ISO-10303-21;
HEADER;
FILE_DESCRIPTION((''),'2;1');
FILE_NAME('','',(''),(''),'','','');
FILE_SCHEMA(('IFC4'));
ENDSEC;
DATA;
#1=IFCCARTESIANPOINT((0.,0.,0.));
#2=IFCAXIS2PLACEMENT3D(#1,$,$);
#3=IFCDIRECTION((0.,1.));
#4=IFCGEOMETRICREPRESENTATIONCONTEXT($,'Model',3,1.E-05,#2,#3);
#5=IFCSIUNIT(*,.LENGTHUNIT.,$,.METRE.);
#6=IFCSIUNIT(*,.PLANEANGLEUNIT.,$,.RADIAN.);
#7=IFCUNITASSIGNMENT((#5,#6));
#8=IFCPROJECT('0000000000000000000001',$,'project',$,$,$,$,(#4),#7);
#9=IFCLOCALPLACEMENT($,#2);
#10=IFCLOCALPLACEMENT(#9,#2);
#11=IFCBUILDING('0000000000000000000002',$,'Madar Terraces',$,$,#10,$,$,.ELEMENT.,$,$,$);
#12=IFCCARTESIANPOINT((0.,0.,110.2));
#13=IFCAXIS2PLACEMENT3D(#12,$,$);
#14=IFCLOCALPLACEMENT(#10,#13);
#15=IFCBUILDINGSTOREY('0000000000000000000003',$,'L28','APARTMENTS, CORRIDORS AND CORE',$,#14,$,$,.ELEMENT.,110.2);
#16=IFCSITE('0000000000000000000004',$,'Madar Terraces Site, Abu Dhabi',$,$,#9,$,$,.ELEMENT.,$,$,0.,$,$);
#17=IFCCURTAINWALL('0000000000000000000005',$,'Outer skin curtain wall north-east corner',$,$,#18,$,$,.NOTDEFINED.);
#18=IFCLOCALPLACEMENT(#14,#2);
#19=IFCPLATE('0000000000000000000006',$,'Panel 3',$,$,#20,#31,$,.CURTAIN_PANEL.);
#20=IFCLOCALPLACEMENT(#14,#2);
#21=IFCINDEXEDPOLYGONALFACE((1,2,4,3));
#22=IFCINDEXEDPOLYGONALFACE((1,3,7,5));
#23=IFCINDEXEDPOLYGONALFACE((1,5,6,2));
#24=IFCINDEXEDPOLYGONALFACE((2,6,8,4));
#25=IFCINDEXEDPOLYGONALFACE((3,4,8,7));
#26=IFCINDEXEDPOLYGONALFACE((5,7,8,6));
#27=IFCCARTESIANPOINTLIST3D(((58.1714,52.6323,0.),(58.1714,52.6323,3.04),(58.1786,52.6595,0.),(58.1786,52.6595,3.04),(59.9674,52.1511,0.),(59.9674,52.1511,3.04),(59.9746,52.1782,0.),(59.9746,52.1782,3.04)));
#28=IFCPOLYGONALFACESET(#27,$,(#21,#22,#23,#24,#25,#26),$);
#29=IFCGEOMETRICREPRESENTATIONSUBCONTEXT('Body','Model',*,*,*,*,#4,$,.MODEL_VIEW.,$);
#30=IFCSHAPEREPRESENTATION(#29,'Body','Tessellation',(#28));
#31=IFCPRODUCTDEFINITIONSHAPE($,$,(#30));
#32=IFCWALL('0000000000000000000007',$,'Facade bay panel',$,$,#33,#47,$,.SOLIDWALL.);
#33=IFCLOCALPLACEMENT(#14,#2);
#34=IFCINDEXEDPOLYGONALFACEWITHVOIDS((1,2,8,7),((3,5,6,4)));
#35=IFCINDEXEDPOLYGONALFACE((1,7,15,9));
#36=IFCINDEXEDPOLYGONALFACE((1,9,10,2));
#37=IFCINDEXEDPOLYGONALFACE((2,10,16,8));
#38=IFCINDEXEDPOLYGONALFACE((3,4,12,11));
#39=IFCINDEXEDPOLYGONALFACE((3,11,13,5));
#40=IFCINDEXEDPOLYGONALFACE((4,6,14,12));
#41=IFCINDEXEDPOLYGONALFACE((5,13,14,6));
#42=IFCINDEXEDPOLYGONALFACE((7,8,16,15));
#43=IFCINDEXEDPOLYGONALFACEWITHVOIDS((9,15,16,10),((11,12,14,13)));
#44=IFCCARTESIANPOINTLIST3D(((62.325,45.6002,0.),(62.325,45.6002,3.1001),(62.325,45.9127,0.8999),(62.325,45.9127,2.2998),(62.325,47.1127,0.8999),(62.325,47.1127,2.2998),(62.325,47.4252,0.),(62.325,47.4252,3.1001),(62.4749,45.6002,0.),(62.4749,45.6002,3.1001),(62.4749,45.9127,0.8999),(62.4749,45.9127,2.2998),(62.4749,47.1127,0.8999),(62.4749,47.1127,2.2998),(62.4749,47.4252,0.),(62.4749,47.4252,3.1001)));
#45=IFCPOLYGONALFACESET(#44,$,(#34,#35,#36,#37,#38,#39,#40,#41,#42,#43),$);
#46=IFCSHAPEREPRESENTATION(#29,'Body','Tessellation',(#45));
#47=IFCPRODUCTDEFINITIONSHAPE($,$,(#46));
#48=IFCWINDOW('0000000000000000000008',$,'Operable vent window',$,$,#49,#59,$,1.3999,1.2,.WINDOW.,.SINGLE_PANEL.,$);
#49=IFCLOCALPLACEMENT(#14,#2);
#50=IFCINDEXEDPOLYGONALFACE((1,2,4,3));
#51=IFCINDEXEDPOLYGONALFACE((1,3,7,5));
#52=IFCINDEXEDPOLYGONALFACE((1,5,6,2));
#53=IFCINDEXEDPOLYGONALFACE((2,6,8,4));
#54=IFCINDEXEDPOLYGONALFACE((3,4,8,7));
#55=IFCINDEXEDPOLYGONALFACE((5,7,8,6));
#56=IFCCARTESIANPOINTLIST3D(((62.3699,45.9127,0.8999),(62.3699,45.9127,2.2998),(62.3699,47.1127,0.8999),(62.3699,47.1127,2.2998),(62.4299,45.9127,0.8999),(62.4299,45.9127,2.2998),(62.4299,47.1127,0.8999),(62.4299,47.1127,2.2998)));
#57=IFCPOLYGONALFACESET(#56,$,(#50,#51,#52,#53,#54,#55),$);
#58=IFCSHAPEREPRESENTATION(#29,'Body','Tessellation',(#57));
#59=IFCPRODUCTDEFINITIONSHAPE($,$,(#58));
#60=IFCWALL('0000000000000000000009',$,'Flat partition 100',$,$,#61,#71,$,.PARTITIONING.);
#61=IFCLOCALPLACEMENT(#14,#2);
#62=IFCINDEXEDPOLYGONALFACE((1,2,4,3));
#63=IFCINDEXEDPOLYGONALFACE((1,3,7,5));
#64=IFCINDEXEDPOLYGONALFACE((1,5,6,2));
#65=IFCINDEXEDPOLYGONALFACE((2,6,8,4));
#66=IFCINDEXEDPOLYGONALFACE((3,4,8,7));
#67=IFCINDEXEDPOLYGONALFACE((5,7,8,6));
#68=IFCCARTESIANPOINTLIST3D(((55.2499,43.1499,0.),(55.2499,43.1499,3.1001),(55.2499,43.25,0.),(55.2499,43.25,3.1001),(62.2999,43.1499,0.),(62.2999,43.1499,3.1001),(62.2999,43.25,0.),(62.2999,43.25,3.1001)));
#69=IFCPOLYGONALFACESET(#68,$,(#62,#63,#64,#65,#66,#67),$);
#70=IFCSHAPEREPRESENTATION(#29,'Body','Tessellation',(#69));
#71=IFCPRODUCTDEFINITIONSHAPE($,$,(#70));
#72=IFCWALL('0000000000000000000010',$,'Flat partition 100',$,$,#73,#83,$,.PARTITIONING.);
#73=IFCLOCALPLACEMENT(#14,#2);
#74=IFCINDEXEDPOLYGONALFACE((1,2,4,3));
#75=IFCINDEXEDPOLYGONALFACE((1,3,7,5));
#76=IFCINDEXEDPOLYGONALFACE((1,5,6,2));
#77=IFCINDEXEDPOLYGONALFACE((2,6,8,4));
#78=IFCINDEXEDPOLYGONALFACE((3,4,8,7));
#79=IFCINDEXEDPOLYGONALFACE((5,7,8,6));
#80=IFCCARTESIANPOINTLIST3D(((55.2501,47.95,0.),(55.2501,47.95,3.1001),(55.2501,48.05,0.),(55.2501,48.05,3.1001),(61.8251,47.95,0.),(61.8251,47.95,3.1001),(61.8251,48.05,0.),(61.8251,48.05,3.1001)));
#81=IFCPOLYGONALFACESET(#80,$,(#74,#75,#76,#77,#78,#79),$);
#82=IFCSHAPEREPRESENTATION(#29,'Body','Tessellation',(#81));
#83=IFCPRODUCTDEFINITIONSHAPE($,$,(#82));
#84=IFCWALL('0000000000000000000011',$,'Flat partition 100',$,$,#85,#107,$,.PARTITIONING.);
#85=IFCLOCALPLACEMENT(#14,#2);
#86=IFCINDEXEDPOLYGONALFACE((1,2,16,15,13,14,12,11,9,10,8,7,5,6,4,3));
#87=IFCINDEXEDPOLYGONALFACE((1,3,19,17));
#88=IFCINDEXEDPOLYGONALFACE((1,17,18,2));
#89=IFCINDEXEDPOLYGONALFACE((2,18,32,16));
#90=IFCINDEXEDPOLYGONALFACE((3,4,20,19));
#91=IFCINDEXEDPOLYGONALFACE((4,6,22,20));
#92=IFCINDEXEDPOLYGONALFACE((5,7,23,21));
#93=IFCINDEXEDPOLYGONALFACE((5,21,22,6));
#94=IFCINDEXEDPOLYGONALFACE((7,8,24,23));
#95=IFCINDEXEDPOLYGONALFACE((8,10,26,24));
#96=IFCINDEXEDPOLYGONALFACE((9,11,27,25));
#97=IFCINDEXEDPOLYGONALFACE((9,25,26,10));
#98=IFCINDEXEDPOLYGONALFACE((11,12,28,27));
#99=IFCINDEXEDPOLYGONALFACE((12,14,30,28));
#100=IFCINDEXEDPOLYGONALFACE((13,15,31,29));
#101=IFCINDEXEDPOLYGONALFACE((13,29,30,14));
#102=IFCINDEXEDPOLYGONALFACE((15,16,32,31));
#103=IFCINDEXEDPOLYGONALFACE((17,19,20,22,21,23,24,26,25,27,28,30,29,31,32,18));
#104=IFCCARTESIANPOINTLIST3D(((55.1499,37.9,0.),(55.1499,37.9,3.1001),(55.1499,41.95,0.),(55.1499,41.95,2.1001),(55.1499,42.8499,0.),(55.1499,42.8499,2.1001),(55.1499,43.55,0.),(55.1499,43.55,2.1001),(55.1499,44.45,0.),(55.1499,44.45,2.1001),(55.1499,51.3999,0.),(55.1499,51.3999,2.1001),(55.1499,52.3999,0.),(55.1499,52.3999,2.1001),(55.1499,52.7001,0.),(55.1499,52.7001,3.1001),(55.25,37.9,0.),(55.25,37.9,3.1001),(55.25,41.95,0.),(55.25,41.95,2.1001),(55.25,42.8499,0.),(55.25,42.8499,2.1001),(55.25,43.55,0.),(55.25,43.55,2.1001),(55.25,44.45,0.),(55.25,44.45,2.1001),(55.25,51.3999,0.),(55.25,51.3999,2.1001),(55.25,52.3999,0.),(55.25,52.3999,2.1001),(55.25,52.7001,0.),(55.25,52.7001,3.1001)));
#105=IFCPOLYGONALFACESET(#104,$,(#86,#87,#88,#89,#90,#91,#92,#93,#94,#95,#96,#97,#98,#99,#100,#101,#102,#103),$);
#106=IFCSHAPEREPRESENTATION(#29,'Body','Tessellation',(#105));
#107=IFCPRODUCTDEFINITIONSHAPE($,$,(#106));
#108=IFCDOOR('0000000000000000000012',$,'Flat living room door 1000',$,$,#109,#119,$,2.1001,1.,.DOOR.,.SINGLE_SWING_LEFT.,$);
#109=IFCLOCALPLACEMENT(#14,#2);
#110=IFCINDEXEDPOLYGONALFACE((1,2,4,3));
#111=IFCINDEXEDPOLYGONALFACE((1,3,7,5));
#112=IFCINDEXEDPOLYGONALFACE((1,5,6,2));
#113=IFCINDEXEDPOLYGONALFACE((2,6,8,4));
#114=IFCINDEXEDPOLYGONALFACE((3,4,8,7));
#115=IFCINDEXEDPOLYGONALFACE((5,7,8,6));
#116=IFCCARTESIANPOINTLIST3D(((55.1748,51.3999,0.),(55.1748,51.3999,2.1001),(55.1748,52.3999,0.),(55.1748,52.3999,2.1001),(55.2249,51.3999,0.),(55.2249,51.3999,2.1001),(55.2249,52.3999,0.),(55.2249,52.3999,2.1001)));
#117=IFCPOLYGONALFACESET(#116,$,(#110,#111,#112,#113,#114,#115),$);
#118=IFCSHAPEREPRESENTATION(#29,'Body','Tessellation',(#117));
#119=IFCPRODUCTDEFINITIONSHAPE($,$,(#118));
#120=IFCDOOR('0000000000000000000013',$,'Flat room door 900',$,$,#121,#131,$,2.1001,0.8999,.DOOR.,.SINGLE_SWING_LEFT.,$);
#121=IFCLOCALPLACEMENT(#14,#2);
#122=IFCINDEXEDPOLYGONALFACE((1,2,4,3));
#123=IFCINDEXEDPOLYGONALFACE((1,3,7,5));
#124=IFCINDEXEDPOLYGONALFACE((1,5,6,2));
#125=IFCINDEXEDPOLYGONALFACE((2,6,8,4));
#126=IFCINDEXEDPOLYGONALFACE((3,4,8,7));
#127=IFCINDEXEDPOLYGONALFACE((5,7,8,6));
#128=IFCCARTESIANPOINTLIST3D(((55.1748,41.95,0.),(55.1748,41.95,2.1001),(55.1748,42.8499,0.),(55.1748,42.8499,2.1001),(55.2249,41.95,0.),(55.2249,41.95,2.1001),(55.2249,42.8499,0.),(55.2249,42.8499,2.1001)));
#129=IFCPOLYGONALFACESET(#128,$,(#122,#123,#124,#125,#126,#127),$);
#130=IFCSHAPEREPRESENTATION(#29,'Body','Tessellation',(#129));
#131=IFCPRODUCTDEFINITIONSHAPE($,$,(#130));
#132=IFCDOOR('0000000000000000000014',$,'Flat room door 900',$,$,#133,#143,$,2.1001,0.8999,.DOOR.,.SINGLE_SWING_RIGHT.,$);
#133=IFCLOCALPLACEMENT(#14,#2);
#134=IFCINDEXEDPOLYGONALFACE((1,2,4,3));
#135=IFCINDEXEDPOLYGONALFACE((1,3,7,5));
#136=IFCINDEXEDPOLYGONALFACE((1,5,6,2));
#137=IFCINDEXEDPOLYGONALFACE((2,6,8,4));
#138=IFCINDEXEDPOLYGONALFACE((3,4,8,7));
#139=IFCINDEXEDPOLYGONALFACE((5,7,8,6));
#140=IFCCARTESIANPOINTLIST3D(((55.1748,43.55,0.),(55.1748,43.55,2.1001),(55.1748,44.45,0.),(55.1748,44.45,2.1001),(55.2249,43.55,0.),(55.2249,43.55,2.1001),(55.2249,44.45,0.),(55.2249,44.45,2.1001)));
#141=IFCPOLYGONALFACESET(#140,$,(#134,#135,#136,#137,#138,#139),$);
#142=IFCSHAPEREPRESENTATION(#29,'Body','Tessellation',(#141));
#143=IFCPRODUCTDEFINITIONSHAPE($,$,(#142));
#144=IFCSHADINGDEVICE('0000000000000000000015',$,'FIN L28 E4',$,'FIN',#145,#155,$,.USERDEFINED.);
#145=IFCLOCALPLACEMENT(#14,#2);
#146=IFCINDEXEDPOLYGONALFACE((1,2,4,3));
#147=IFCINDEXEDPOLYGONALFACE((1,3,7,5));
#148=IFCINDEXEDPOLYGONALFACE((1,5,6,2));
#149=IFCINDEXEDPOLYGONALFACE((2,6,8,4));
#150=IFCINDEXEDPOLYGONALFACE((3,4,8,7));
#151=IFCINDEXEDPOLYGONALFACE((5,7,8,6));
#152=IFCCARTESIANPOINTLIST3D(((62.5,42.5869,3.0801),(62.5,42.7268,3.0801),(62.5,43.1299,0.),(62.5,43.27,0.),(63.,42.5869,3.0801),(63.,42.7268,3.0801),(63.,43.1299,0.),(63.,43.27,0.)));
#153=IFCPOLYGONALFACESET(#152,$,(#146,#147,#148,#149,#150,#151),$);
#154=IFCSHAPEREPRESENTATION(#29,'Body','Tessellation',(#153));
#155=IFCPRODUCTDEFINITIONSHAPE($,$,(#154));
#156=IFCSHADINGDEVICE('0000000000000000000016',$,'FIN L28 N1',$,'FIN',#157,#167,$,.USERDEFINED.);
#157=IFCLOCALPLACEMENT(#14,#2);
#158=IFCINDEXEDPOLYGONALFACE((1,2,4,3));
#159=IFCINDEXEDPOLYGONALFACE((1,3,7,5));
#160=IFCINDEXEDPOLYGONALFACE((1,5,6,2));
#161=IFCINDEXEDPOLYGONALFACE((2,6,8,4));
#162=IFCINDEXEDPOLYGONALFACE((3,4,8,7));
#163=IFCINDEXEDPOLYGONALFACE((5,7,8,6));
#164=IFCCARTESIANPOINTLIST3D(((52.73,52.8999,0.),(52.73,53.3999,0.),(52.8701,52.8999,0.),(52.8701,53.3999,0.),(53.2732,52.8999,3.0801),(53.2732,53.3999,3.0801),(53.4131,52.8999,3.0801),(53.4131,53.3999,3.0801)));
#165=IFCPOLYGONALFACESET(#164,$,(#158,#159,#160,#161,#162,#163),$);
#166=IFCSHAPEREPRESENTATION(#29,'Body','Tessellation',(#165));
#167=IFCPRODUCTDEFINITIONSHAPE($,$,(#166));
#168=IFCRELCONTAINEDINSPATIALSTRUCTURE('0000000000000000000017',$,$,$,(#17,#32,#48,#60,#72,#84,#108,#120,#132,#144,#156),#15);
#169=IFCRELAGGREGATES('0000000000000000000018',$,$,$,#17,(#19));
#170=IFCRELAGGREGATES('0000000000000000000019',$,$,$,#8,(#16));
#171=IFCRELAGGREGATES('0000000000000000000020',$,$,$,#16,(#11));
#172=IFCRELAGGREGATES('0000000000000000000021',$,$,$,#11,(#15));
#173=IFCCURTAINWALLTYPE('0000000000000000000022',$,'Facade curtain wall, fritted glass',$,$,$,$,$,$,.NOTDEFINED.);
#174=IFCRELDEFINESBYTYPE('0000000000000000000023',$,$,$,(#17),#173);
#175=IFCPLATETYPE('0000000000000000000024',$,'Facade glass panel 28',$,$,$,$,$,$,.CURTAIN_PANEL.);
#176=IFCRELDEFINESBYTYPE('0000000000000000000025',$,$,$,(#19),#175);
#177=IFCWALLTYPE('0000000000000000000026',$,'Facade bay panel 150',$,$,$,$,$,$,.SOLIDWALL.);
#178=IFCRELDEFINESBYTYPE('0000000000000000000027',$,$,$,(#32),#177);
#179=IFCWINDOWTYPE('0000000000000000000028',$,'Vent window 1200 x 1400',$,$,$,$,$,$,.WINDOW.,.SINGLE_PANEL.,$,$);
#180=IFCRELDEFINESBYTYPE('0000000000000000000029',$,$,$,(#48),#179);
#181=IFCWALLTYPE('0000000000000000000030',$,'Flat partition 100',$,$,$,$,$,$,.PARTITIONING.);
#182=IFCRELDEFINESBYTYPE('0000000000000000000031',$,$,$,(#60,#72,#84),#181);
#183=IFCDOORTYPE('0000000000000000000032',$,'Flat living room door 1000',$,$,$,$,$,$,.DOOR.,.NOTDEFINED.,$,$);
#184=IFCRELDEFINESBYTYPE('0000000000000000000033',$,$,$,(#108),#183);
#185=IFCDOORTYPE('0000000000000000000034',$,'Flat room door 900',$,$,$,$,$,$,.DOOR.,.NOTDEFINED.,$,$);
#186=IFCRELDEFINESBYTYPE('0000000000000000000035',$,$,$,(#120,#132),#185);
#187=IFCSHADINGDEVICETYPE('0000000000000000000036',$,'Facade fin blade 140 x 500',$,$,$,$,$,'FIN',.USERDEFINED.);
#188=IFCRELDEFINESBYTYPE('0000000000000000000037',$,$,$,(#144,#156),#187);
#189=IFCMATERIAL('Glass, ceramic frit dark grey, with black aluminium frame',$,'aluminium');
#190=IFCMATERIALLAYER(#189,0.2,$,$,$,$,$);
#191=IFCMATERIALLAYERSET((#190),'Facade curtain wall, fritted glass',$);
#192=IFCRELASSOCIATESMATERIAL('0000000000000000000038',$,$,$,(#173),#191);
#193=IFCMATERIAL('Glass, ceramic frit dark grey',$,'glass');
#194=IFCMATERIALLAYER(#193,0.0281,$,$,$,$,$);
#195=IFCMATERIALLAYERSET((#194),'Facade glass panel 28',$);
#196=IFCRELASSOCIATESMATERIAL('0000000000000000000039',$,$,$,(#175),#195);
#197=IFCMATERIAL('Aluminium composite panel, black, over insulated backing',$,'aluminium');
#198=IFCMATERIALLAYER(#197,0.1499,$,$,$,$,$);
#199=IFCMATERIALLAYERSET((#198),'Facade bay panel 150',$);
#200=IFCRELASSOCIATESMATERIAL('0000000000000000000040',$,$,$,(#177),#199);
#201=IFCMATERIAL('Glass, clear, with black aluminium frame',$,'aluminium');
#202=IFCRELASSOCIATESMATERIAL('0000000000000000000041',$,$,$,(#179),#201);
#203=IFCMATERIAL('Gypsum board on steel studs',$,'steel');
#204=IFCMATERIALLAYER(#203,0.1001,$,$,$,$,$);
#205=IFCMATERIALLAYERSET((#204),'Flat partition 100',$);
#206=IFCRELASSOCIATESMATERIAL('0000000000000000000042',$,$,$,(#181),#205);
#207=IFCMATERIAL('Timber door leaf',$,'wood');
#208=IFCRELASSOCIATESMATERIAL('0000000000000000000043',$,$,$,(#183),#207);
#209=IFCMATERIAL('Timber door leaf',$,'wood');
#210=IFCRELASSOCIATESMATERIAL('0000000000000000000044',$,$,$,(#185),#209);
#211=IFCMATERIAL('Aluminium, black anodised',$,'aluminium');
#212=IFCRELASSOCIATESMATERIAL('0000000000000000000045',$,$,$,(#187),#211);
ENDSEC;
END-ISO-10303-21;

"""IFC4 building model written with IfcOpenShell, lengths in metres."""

from ifc_helpers import new_model, si_unit, direction, frame, frame_2d, origin, origin_2d, place, context, subcontext, project, spatial, polyline, rectangle, outline, extrude, material, layer, layer_set, type_object, element, fill, aggregate, save


model = new_model("IFC4")

# Units and contexts
model_context = context("Model", 3, precision=1e-05, world=origin(), true_north=direction((0.0, 1.0)))
body_context = subcontext(model_context, "Body", "Model", "MODEL_VIEW")
ifc_project = project(units=[si_unit("LENGTHUNIT", "METRE"), si_unit("PLANEANGLEUNIT", "RADIAN")], contexts=[model_context])

# Site, building, storey
site_placement = place(None, origin())
site = spatial("IfcSite", under=ifc_project, at=site_placement, Name="Madar Terraces Site, Abu Dhabi", CompositionType="ELEMENT", RefElevation=0.0)
building_placement = place(site_placement, origin())
building = spatial("IfcBuilding", under=site, at=building_placement, Name="Madar Terraces", CompositionType="ELEMENT")
storey_placement = place(building_placement, frame((0.0, 0.0, 110.2)))
storey = spatial("IfcBuildingStorey", under=building, at=storey_placement, Name="L28", Description="APARTMENTS, CORRIDORS AND CORE", CompositionType="ELEMENT", Elevation=110.2)

# Shared definitions
ifc_material_1 = material(Name="Glass, ceramic frit dark grey, with black aluminium frame", Category="aluminium")
ifc_layer_1 = layer(ifc_material_1, 0.2)
ifc_layer_set_1 = layer_set([ifc_layer_1], Name="Facade curtain wall, fritted glass")
curtain_wall_type = type_object("IfcCurtainWallType", Name="Facade curtain wall, fritted glass", PredefinedType="NOTDEFINED", material=ifc_layer_set_1)

# Curtain wall
curtain_wall_1_placement = place(storey_placement, origin())
curtain_wall_1 = element("IfcCurtainWall", 1, at=curtain_wall_1_placement, inside=storey, type_object=curtain_wall_type, Name="Outer skin curtain wall north-east corner", PredefinedType="NOTDEFINED")

# Plate
ifc_material_2 = material(Name="Glass, ceramic frit dark grey", Category="glass")
ifc_layer_2 = layer(ifc_material_2, 0.0281)
ifc_layer_set_2 = layer_set([ifc_layer_2], Name="Facade glass panel 28")
plate_type = type_object("IfcPlateType", Name="Facade glass panel 28", PredefinedType="CURTAIN_PANEL", material=ifc_layer_set_2)
plate_1_placement = place(storey_placement, frame((59.073, 52.4053, 0.0), z_axis=(0.0, 0.0, 1.0), x_axis=(-0.965926, 0.258819, 0.0)))
plate_1 = element("IfcPlate", 2, at=plate_1_placement, type_object=plate_type, Name="Panel 3", PredefinedType="CURTAIN_PANEL", context=body_context, shape_type="SweptSolid", body=[
    extrude(rectangle(XDim=1.8594, YDim=0.0281, at=origin_2d()), origin(), (0.0, 0.0, 1.0), 3.04),
])
aggregate(curtain_wall_1, [plate_1])

# Wall, opening, window
ifc_material_3 = material(Name="Aluminium composite panel, black, over insulated backing", Category="aluminium")
ifc_layer_3 = layer(ifc_material_3, 0.1499)
ifc_layer_set_3 = layer_set([ifc_layer_3], Name="Facade bay panel 150")
wall_type_1 = type_object("IfcWallType", Name="Facade bay panel 150", PredefinedType="SOLIDWALL", material=ifc_layer_set_3)
wall_1_placement = place(storey_placement, frame((62.3999, 45.6001, 0.0), z_axis=(0.0, 0.0, 1.0), x_axis=(0.0, 1.0, 0.0)))
wall_1 = element("IfcWall", 3, at=wall_1_placement, inside=storey, type_object=wall_type_1, Name="Facade bay panel", PredefinedType="SOLIDWALL", context=body_context, shape_type="SweptSolid", body=[
    extrude(rectangle(XDim=1.825, YDim=0.1499, at=frame_2d((0.9126, 0.0))), origin(), (0.0, 0.0, 1.0), 3.1001),
])
opening_1_placement = place(wall_1_placement, frame((0.3125, 0.0, 0.8999)))
opening_1 = element("IfcOpeningElement", 4, at=opening_1_placement, cuts=wall_1, PredefinedType="OPENING", context=body_context, shape_type="SweptSolid", body=[
    extrude(rectangle(XDim=1.2, YDim=1.3999, at=frame_2d((0.6001, 0.7))), frame((0.0, 0.085, 0.0), z_axis=(0.0, -1.0, 0.0), x_axis=(1.0, 0.0, 0.0)), (0.0, 0.0, 1.0), 0.1699),
])
ifc_material_4 = material(Name="Glass, clear, with black aluminium frame", Category="aluminium")
window_type = type_object("IfcWindowType", Name="Vent window 1200 x 1400", PartitioningType="SINGLE_PANEL", PredefinedType="WINDOW", material=ifc_material_4)
window_placement = place(opening_1_placement, origin())
window = element("IfcWindow", 5, at=window_placement, inside=storey, type_object=window_type, Name="Operable vent window", OverallHeight=1.3999, OverallWidth=1.2, PartitioningType="SINGLE_PANEL", PredefinedType="WINDOW", context=body_context, shape_type="SweptSolid", body=[
    extrude(rectangle(XDim=1.2, YDim=1.3999, at=frame_2d((0.6001, 0.7))), frame((0.0, 0.03, 0.0), z_axis=(0.0, -1.0, 0.0), x_axis=(1.0, 0.0, 0.0)), (0.0, 0.0, 1.0), 0.0601),
])
fill(opening_1, window)

# Walls
ifc_material_5 = material(Name="Gypsum board on steel studs", Category="steel")
ifc_layer_4 = layer(ifc_material_5, 0.1001)
ifc_layer_set_4 = layer_set([ifc_layer_4], Name="Flat partition 100")
wall_type_2 = type_object("IfcWallType", Name="Flat partition 100", PredefinedType="PARTITIONING", material=ifc_layer_set_4)
wall_2_placement = place(storey_placement, frame((55.25, 43.2, 0.0), z_axis=(0.0, 0.0, 1.0), x_axis=(1.0, 0.0, 0.0)))
element("IfcWall", 6, at=wall_2_placement, inside=storey, type_object=wall_type_2, Name="Flat partition 100", PredefinedType="PARTITIONING", context=body_context, shape_type="SweptSolid", body=[
    extrude(rectangle(XDim=7.05, YDim=0.1001, at=frame_2d((3.5249, 0.0))), origin(), (0.0, 0.0, 1.0), 3.1001),
])
wall_3_placement = place(storey_placement, frame((55.25, 48.0, 0.0), z_axis=(0.0, 0.0, 1.0), x_axis=(1.0, 0.0, 0.0)))
element("IfcWall", 7, at=wall_3_placement, inside=storey, type_object=wall_type_2, Name="Flat partition 100", PredefinedType="PARTITIONING", context=body_context, shape_type="SweptSolid", body=[
    extrude(rectangle(XDim=6.575, YDim=0.1001, at=frame_2d((3.2876, 0.0))), origin(), (0.0, 0.0, 1.0), 3.1001),
])

# Wall, openings, doors
wall_4_placement = place(storey_placement, frame((55.2, 52.7, 0.0), z_axis=(0.0, 0.0, 1.0), x_axis=(0.0, -1.0, 0.0)))
wall_4 = element("IfcWall", 8, at=wall_4_placement, inside=storey, type_object=wall_type_2, Name="Flat partition 100", PredefinedType="PARTITIONING", context=body_context, shape_type="SweptSolid", body=[
    extrude(rectangle(XDim=14.8, YDim=0.1001, at=frame_2d((7.3999, 0.0))), origin(), (0.0, 0.0, 1.0), 3.1001),
])
opening_2_placement = place(wall_4_placement, frame((9.8501, 0.0, 0.0)))
opening_2 = element("IfcOpeningElement", 9, at=opening_2_placement, cuts=wall_4, PredefinedType="OPENING", context=body_context, shape_type="SweptSolid", body=[
    extrude(rectangle(XDim=0.8999, YDim=2.1001, at=frame_2d((0.45, 1.05))), frame((0.0, 0.0601, 0.0), z_axis=(0.0, -1.0, 0.0), x_axis=(1.0, 0.0, 0.0)), (0.0, 0.0, 1.0), 0.1201),
])
opening_3_placement = place(wall_4_placement, frame((8.25, 0.0, 0.0)))
opening_3 = element("IfcOpeningElement", 10, at=opening_3_placement, cuts=wall_4, PredefinedType="OPENING", context=body_context, shape_type="SweptSolid", body=[
    extrude(rectangle(XDim=0.8999, YDim=2.1001, at=frame_2d((0.45, 1.05))), frame((0.0, 0.0601, 0.0), z_axis=(0.0, -1.0, 0.0), x_axis=(1.0, 0.0, 0.0)), (0.0, 0.0, 1.0), 0.1201),
])
opening_4_placement = place(wall_4_placement, frame((0.3, 0.0, 0.0)))
opening_4 = element("IfcOpeningElement", 11, at=opening_4_placement, cuts=wall_4, PredefinedType="OPENING", context=body_context, shape_type="SweptSolid", body=[
    extrude(rectangle(XDim=1.0, YDim=2.1001, at=frame_2d((0.5, 1.05))), frame((0.0, 0.0601, 0.0), z_axis=(0.0, -1.0, 0.0), x_axis=(1.0, 0.0, 0.0)), (0.0, 0.0, 1.0), 0.1201),
])
ifc_material_6 = material(Name="Timber door leaf", Category="wood")
door_type_1 = type_object("IfcDoorType", Name="Flat living room door 1000", OperationType="NOTDEFINED", PredefinedType="DOOR", material=ifc_material_6)
door_1_placement = place(opening_4_placement, origin())
door_1 = element("IfcDoor", 12, at=door_1_placement, inside=storey, type_object=door_type_1, Name="Flat living room door 1000", OperationType="SINGLE_SWING_LEFT", OverallHeight=2.1001, OverallWidth=1.0, PredefinedType="DOOR", context=body_context, shape_type="SweptSolid", body=[
    extrude(rectangle(XDim=1.0, YDim=2.1001, at=frame_2d((0.5, 1.05))), frame((0.0, 0.0249, 0.0), z_axis=(0.0, -1.0, 0.0), x_axis=(1.0, 0.0, 0.0)), (0.0, 0.0, 1.0), 0.05),
])
fill(opening_4, door_1)
ifc_material_7 = material(Name="Timber door leaf", Category="wood")
door_type_2 = type_object("IfcDoorType", Name="Flat room door 900", OperationType="NOTDEFINED", PredefinedType="DOOR", material=ifc_material_7)
door_2_placement = place(opening_2_placement, origin())
door_2 = element("IfcDoor", 13, at=door_2_placement, inside=storey, type_object=door_type_2, Name="Flat room door 900", OperationType="SINGLE_SWING_LEFT", OverallHeight=2.1001, OverallWidth=0.8999, PredefinedType="DOOR", context=body_context, shape_type="SweptSolid", body=[
    extrude(rectangle(XDim=0.8999, YDim=2.1001, at=frame_2d((0.45, 1.05))), frame((0.0, 0.0249, 0.0), z_axis=(0.0, -1.0, 0.0), x_axis=(1.0, 0.0, 0.0)), (0.0, 0.0, 1.0), 0.05),
])
fill(opening_2, door_2)
door_3_placement = place(opening_3_placement, origin())
door_3 = element("IfcDoor", 14, at=door_3_placement, inside=storey, type_object=door_type_2, Name="Flat room door 900", OperationType="SINGLE_SWING_RIGHT", OverallHeight=2.1001, OverallWidth=0.8999, PredefinedType="DOOR", context=body_context, shape_type="SweptSolid", body=[
    extrude(rectangle(XDim=0.8999, YDim=2.1001, at=frame_2d((0.45, 1.05))), frame((0.0, 0.0249, 0.0), z_axis=(0.0, -1.0, 0.0), x_axis=(1.0, 0.0, 0.0)), (0.0, 0.0, 1.0), 0.05),
])
fill(opening_3, door_3)

# Shading devices
ifc_material_8 = material(Name="Aluminium, black anodised", Category="aluminium")
shading_device_type = type_object("IfcShadingDeviceType", Name="Facade fin blade 140 x 500", ElementType="FIN", PredefinedType="USERDEFINED", material=ifc_material_8)
for number, where, z_axis, x_axis, name in (
    (15, (62.75, 43.1299, 0.0), (0.0, 0.0, 1.0), (0.0, 1.0, 0.0), "FIN L28 E4"),
    (16, (52.8701, 53.1499, 0.0), (0.0, 0.0, 1.0), (-1.0, 0.0, 0.0), "FIN L28 N1"),
):
    element("IfcShadingDevice", number, at=place(storey_placement, frame(where, z_axis=z_axis, x_axis=x_axis)), inside=storey, type_object=shading_device_type, Name=name, ObjectType="FIN", PredefinedType="USERDEFINED", context=body_context, shape_type="SweptSolid", body=[
        extrude(outline(polyline([(0.0, 0.0), (0.1401, 0.0), (-0.4031, 3.0801), (-0.543, 3.0801), (0.0, 0.0)])), frame((0.0, 0.25, 0.0), z_axis=(0.0, -1.0, 0.0), x_axis=(1.0, 0.0, 0.0)), (0.0, 0.0, 1.0), 0.5),
    ])

save(model, "model.ifc")
